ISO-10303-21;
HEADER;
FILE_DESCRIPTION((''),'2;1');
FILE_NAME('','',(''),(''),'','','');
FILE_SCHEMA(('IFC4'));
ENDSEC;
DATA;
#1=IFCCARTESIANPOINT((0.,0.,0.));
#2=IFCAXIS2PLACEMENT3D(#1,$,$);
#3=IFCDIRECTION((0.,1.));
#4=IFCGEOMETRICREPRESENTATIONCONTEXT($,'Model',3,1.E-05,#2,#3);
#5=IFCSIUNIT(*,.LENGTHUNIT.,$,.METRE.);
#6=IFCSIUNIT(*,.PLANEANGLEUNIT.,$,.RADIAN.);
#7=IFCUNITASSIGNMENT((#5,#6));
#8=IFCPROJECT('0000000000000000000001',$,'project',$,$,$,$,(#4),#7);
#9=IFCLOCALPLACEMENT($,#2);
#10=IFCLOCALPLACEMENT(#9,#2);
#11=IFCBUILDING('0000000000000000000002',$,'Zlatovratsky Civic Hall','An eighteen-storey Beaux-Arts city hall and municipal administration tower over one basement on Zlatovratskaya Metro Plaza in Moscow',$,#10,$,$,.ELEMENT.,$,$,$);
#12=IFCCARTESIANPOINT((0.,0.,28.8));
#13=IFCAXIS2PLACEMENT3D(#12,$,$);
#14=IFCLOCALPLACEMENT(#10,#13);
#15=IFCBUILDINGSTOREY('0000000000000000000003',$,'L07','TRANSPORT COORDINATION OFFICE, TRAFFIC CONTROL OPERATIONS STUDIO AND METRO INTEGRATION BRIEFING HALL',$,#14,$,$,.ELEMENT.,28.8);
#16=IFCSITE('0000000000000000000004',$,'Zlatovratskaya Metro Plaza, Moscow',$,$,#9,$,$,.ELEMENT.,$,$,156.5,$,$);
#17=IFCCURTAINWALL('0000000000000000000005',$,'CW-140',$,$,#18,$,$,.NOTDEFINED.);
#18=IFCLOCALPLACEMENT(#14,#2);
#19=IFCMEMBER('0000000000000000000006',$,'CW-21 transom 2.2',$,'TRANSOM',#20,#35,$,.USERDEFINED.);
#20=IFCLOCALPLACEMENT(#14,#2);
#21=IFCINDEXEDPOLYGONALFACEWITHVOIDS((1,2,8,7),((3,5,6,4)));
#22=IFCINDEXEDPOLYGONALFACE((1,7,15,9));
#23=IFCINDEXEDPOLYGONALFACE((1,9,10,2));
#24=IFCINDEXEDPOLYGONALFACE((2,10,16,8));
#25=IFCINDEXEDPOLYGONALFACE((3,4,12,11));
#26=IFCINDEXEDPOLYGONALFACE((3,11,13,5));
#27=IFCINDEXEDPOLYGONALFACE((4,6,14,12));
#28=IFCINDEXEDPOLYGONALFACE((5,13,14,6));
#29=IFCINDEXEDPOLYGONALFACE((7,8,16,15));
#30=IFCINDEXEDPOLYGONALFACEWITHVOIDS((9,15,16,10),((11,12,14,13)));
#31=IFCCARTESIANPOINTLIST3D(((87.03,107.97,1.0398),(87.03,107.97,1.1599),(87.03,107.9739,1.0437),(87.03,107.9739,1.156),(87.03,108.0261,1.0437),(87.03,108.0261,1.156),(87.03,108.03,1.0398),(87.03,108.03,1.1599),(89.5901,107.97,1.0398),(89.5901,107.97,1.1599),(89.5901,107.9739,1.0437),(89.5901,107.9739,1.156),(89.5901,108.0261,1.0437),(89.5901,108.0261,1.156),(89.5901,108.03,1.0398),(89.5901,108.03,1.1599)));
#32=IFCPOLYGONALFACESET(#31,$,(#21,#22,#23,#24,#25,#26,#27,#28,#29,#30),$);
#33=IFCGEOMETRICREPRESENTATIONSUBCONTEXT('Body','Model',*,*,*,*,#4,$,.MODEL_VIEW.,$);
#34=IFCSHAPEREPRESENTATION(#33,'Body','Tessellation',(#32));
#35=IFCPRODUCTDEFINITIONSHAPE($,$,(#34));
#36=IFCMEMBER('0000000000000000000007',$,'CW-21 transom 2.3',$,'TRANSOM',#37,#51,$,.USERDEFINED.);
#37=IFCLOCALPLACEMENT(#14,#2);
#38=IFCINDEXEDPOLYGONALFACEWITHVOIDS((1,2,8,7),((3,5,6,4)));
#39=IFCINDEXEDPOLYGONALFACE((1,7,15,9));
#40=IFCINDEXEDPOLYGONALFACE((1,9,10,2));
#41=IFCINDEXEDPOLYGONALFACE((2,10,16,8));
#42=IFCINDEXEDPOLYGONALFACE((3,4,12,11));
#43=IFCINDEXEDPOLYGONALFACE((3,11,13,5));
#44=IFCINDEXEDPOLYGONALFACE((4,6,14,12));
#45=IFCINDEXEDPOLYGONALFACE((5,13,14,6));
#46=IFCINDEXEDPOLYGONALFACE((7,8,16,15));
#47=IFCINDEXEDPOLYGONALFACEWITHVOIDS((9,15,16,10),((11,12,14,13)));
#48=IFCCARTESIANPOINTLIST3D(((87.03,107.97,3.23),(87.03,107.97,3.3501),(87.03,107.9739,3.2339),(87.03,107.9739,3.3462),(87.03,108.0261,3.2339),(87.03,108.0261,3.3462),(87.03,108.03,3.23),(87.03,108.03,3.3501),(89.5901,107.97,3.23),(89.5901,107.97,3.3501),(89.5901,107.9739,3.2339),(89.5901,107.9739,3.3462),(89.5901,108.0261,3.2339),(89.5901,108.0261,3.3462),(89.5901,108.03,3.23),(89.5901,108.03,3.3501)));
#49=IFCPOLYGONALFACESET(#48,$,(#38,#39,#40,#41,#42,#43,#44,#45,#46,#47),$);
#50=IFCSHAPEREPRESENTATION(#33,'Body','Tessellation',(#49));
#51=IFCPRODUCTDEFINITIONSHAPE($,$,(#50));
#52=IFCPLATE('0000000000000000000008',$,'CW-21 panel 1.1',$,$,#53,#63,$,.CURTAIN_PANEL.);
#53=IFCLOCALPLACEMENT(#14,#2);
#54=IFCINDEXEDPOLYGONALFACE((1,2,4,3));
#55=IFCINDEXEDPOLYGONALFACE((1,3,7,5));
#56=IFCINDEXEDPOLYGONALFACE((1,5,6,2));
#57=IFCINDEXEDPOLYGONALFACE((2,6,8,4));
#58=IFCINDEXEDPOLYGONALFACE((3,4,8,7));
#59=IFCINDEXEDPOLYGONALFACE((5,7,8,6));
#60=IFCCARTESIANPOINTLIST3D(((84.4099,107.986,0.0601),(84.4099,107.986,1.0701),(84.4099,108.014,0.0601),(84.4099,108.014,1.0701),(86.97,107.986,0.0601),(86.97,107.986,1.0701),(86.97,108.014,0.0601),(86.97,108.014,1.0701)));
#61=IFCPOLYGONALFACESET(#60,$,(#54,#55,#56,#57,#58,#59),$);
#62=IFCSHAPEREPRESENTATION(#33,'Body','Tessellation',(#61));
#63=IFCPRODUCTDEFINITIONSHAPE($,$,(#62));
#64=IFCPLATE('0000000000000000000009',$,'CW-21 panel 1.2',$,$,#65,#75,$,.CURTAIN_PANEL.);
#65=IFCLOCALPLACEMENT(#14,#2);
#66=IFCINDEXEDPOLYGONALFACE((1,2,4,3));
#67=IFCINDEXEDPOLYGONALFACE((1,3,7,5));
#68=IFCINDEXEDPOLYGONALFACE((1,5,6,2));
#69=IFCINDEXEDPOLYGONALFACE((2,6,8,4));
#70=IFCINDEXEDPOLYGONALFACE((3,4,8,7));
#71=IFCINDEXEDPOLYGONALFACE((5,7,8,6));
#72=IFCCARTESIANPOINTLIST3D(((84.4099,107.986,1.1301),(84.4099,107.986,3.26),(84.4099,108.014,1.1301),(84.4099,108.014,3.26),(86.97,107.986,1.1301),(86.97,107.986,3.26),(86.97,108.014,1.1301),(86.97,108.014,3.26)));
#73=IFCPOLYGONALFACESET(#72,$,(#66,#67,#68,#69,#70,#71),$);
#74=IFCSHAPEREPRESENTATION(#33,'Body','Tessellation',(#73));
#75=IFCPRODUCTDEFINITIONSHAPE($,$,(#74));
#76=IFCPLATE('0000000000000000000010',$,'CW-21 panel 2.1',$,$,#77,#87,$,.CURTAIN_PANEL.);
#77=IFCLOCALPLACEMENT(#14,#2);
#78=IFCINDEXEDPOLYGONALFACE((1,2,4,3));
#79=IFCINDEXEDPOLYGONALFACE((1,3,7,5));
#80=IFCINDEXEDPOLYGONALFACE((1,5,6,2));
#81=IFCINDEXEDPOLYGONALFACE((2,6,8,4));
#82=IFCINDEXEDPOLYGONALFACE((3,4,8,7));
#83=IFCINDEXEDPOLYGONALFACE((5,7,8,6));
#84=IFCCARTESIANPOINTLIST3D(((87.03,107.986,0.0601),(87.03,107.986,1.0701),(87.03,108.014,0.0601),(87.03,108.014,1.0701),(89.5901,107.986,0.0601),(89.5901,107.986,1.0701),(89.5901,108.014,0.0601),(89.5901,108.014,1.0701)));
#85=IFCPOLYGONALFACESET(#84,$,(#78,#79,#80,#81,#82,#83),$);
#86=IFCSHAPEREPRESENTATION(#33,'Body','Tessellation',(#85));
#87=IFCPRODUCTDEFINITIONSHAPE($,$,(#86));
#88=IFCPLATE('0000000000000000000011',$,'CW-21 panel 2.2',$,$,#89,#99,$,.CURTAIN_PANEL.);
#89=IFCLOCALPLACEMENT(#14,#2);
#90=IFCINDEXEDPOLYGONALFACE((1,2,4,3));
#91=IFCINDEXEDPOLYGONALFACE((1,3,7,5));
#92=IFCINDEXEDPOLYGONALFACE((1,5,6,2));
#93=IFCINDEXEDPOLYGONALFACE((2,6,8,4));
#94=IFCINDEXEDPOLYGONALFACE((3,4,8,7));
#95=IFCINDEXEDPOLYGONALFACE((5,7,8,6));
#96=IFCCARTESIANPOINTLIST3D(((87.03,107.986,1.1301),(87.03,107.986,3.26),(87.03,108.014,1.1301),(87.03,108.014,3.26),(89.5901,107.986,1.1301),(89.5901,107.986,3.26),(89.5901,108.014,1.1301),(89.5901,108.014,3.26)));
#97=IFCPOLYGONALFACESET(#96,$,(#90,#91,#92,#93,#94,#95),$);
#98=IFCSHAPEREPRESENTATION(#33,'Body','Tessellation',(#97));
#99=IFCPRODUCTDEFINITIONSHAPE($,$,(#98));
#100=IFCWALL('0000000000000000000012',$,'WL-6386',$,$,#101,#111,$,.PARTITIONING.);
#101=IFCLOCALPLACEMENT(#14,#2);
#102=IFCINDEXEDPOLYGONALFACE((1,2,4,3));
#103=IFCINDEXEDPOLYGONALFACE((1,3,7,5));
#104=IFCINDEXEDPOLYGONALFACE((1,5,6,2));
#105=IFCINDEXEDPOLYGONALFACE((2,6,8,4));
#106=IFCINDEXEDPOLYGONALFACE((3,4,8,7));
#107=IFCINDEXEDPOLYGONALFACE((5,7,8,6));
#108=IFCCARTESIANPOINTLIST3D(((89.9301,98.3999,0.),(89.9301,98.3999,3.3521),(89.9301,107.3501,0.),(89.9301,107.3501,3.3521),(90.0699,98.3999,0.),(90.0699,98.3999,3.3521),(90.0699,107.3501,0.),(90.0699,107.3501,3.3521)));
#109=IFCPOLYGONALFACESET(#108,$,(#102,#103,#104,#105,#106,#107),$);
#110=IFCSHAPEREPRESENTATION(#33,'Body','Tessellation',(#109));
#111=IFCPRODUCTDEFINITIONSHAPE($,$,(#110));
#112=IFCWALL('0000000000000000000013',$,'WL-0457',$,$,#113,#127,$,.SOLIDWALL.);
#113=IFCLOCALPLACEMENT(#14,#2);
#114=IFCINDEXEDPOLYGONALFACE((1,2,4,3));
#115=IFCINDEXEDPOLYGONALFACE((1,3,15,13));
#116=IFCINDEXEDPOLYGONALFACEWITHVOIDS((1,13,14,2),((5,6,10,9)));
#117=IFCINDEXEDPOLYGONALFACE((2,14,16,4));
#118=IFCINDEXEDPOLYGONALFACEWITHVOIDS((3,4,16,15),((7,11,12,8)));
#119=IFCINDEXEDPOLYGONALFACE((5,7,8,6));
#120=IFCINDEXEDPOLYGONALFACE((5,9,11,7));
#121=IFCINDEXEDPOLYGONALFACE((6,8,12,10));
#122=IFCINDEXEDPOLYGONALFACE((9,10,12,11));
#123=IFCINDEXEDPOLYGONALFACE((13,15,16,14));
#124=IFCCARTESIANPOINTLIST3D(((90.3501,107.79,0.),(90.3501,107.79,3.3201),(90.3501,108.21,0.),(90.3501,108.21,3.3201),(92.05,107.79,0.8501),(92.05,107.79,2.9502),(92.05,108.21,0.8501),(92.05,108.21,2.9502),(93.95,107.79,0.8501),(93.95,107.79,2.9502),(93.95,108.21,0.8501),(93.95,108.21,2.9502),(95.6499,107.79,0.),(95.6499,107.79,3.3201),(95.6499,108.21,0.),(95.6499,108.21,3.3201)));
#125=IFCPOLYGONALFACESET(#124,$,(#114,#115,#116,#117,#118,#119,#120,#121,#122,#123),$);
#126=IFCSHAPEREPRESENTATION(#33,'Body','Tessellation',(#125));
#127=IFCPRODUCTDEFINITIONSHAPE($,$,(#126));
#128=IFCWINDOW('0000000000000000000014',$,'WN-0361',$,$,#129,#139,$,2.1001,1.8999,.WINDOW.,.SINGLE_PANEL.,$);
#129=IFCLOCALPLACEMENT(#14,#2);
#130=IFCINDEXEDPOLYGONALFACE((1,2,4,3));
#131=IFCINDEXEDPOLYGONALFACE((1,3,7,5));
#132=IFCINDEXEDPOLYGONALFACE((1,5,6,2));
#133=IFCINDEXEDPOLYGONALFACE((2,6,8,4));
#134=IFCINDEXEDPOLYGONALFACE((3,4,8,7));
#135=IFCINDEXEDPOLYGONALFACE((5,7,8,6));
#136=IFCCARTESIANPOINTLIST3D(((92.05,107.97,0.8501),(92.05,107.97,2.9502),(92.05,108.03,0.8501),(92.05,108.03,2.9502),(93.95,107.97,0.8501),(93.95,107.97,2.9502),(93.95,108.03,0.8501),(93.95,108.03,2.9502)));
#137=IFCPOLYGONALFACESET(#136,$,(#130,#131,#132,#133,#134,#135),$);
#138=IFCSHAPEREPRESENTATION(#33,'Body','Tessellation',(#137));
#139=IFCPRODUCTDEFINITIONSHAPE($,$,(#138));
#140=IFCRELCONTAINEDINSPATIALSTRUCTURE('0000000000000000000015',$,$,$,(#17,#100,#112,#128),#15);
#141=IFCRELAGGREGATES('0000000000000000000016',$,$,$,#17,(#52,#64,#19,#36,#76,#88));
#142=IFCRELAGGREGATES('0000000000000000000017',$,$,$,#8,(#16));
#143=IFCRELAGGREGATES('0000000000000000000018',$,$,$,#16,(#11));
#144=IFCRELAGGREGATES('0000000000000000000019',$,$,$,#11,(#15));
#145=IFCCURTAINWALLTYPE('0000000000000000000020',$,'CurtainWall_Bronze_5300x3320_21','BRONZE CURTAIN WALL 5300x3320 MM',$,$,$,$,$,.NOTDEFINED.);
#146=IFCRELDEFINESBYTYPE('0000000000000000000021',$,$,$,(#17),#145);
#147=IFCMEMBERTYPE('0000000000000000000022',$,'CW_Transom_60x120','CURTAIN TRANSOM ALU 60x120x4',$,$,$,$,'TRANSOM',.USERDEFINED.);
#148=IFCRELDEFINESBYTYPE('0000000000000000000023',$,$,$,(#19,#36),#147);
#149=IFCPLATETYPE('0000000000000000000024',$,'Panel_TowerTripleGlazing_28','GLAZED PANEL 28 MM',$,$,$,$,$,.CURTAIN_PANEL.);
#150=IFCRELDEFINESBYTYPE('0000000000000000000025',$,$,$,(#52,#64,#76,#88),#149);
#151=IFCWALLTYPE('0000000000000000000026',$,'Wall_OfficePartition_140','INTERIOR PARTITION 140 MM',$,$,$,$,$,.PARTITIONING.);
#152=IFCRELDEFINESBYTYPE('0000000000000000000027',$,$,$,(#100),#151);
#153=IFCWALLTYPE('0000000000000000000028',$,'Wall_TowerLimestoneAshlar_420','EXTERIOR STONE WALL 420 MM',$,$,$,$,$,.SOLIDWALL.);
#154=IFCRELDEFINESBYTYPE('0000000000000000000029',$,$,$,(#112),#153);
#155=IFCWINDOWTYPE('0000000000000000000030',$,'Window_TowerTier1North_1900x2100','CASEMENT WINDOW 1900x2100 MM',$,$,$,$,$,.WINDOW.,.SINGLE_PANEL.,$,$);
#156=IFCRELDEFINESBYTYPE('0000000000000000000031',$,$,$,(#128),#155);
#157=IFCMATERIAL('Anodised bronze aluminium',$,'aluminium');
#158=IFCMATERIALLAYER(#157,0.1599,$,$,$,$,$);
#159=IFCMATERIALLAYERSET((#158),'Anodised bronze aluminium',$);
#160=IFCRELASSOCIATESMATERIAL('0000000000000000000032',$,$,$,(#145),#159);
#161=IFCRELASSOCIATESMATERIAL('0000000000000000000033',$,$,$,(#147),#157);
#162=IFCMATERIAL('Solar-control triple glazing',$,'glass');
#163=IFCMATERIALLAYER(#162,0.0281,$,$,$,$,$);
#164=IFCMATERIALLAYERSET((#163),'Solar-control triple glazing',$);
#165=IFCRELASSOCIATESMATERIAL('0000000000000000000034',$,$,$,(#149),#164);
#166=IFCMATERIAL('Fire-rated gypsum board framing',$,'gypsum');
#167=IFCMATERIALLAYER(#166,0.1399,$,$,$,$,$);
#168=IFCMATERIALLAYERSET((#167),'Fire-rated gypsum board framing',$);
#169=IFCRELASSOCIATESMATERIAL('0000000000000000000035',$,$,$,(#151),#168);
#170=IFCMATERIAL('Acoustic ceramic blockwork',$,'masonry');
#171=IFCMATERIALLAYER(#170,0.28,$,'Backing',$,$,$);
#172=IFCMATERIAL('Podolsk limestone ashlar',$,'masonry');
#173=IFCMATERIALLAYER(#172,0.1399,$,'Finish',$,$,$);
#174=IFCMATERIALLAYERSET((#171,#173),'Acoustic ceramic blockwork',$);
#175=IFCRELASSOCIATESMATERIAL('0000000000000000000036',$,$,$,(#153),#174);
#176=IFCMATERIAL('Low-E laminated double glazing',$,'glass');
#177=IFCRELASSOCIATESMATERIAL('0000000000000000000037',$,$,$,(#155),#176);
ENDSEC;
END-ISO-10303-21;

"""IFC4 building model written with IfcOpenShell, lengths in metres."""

from ifc_helpers import new_model, si_unit, direction, frame, frame_2d, origin, origin_2d, place, context, subcontext, project, spatial, rectangle, hollow_rectangle, extrude, material, layer, layer_set, material_profile, profile_set, type_object, element, fill, aggregate, save


model = new_model("IFC4")

# Units and contexts
model_context = context("Model", 3, precision=1e-05, world=origin(), true_north=direction((0.0, 1.0)))
body_context = subcontext(model_context, "Body", "Model", "MODEL_VIEW")
ifc_project = project(units=[si_unit("LENGTHUNIT", "METRE"), si_unit("PLANEANGLEUNIT", "RADIAN")], contexts=[model_context])

# Site, building, storey
site_placement = place(None, origin())
site = spatial("IfcSite", under=ifc_project, at=site_placement, Name="Zlatovratskaya Metro Plaza, Moscow", CompositionType="ELEMENT", RefElevation=156.5)
building_placement = place(site_placement, origin())
building = spatial("IfcBuilding", under=site, at=building_placement, Name="Zlatovratsky Civic Hall", Description="An eighteen-storey Beaux-Arts city hall and municipal administration tower over one basement on Zlatovratskaya Metro Plaza in Moscow", CompositionType="ELEMENT")
storey_placement = place(building_placement, frame((0.0, 0.0, 28.8)))
storey = spatial("IfcBuildingStorey", under=building, at=storey_placement, Name="L07", Description="TRANSPORT COORDINATION OFFICE, TRAFFIC CONTROL OPERATIONS STUDIO AND METRO INTEGRATION BRIEFING HALL", CompositionType="ELEMENT", Elevation=28.8)

# Shared definitions
ifc_material_1 = material(Name="Anodised bronze aluminium", Category="aluminium")
ifc_layer_1 = layer(ifc_material_1, 0.1599)
ifc_layer_set_1 = layer_set([ifc_layer_1], Name="Anodised bronze aluminium")
curtain_wall_type = type_object("IfcCurtainWallType", Name="CurtainWall_Bronze_5300x3320_21", Description="BRONZE CURTAIN WALL 5300x3320 MM", PredefinedType="NOTDEFINED", material=ifc_layer_set_1)

# Curtain wall, members, plates
curtain_wall_1_placement = place(storey_placement, origin())
curtain_wall_1 = element("IfcCurtainWall", 1, at=curtain_wall_1_placement, inside=storey, type_object=curtain_wall_type, Name="CW-140", PredefinedType="NOTDEFINED")
ifc_material_profile_1 = material_profile(ifc_material_1, hollow_rectangle(XDim=0.0601, YDim=0.1201, WallThickness=0.0039, at=origin_2d()), Name="ALU 60x120x4")
ifc_profile_set_1 = profile_set([ifc_material_profile_1], Name="Anodised bronze aluminium")
member_type_1 = type_object("IfcMemberType", Name="CW_Transom_60x120", Description="CURTAIN TRANSOM ALU 60x120x4", ElementType="TRANSOM", PredefinedType="USERDEFINED", material=ifc_profile_set_1)
member_1_placement = place(storey_placement, frame((87.03, 108.0, 1.0999), z_axis=(1.0, 0.0, 0.0), x_axis=(0.0, 1.0, 0.0)))
member_1 = element("IfcMember", 2, at=member_1_placement, type_object=member_type_1, Name="CW-21 transom 2.2", ObjectType="TRANSOM", PredefinedType="USERDEFINED", context=body_context, shape_type="SweptSolid", body=[
    extrude(hollow_rectangle(XDim=0.0601, YDim=0.1201, WallThickness=0.0039, at=origin_2d()), origin(), (0.0, 0.0, 1.0), 2.5601),
])
member_2_placement = place(storey_placement, frame((87.03, 108.0, 3.29), z_axis=(1.0, 0.0, 0.0), x_axis=(0.0, 1.0, 0.0)))
member_2 = element("IfcMember", 3, at=member_2_placement, type_object=member_type_1, Name="CW-21 transom 2.3", ObjectType="TRANSOM", PredefinedType="USERDEFINED", context=body_context, shape_type="SweptSolid", body=[
    extrude(hollow_rectangle(XDim=0.0601, YDim=0.1201, WallThickness=0.0039, at=origin_2d()), origin(), (0.0, 0.0, 1.0), 2.5601),
])
ifc_material_2 = material(Name="Solar-control triple glazing", Category="glass")
ifc_layer_2 = layer(ifc_material_2, 0.0281)
ifc_layer_set_2 = layer_set([ifc_layer_2], Name="Solar-control triple glazing")
plate_type = type_object("IfcPlateType", Name="Panel_TowerTripleGlazing_28", Description="GLAZED PANEL 28 MM", PredefinedType="CURTAIN_PANEL", material=ifc_layer_set_2)
plate_1_placement = place(storey_placement, frame((85.6899, 108.0, 0.0601), z_axis=(0.0, 0.0, 1.0), x_axis=(1.0, 0.0, 0.0)))
plate_1 = element("IfcPlate", 4, at=plate_1_placement, type_object=plate_type, Name="CW-21 panel 1.1", PredefinedType="CURTAIN_PANEL", context=body_context, shape_type="SweptSolid", body=[
    extrude(rectangle(XDim=2.5601, YDim=0.0281, at=origin_2d()), origin(), (0.0, 0.0, 1.0), 1.01),
])
plate_2_placement = place(storey_placement, frame((85.6899, 108.0, 1.1301), z_axis=(0.0, 0.0, 1.0), x_axis=(1.0, 0.0, 0.0)))
plate_2 = element("IfcPlate", 5, at=plate_2_placement, type_object=plate_type, Name="CW-21 panel 1.2", PredefinedType="CURTAIN_PANEL", context=body_context, shape_type="SweptSolid", body=[
    extrude(rectangle(XDim=2.5601, YDim=0.0281, at=origin_2d()), origin(), (0.0, 0.0, 1.0), 2.1299),
])
plate_3_placement = place(storey_placement, frame((88.3101, 108.0, 0.0601), z_axis=(0.0, 0.0, 1.0), x_axis=(1.0, 0.0, 0.0)))
plate_3 = element("IfcPlate", 6, at=plate_3_placement, type_object=plate_type, Name="CW-21 panel 2.1", PredefinedType="CURTAIN_PANEL", context=body_context, shape_type="SweptSolid", body=[
    extrude(rectangle(XDim=2.5601, YDim=0.0281, at=origin_2d()), origin(), (0.0, 0.0, 1.0), 1.01),
])
plate_4_placement = place(storey_placement, frame((88.3101, 108.0, 1.1301), z_axis=(0.0, 0.0, 1.0), x_axis=(1.0, 0.0, 0.0)))
plate_4 = element("IfcPlate", 7, at=plate_4_placement, type_object=plate_type, Name="CW-21 panel 2.2", PredefinedType="CURTAIN_PANEL", context=body_context, shape_type="SweptSolid", body=[
    extrude(rectangle(XDim=2.5601, YDim=0.0281, at=origin_2d()), origin(), (0.0, 0.0, 1.0), 2.1299),
])
aggregate(curtain_wall_1, [plate_1, plate_2, member_1, member_2, plate_3, plate_4])

# Wall
ifc_material_3 = material(Name="Fire-rated gypsum board framing", Category="gypsum")
ifc_layer_3 = layer(ifc_material_3, 0.1399)
ifc_layer_set_3 = layer_set([ifc_layer_3], Name="Fire-rated gypsum board framing")
wall_type_1 = type_object("IfcWallType", Name="Wall_OfficePartition_140", Description="INTERIOR PARTITION 140 MM", PredefinedType="PARTITIONING", material=ifc_layer_set_3)
wall_1_placement = place(storey_placement, frame((90.0, 98.3999, 0.0), z_axis=(0.0, 0.0, 1.0), x_axis=(0.0, 1.0, 0.0)))
element("IfcWall", 8, at=wall_1_placement, inside=storey, type_object=wall_type_1, Name="WL-6386", PredefinedType="PARTITIONING", context=body_context, shape_type="SweptSolid", body=[
    extrude(rectangle(XDim=8.9502, YDim=0.1399, at=frame_2d((4.4751, 0.0))), origin(), (0.0, 0.0, 1.0), 3.3521),
])

# Wall, opening, window
ifc_material_4 = material(Name="Acoustic ceramic blockwork", Category="masonry")
ifc_layer_4 = layer(ifc_material_4, 0.28, Name="Backing")
ifc_material_5 = material(Name="Podolsk limestone ashlar", Category="masonry")
ifc_layer_5 = layer(ifc_material_5, 0.1399, Name="Finish")
ifc_layer_set_4 = layer_set([ifc_layer_4, ifc_layer_5], Name="Acoustic ceramic blockwork")
wall_type_2 = type_object("IfcWallType", Name="Wall_TowerLimestoneAshlar_420", Description="EXTERIOR STONE WALL 420 MM", PredefinedType="SOLIDWALL", material=ifc_layer_set_4)
wall_2_placement = place(storey_placement, frame((90.3501, 108.0, 0.0), z_axis=(0.0, 0.0, 1.0), x_axis=(1.0, 0.0, 0.0)))
wall_2 = element("IfcWall", 9, at=wall_2_placement, inside=storey, type_object=wall_type_2, Name="WL-0457", PredefinedType="SOLIDWALL", context=body_context, shape_type="SweptSolid", body=[
    extrude(rectangle(XDim=5.2998, YDim=0.4199, at=frame_2d((2.6499, 0.0))), origin(), (0.0, 0.0, 1.0), 3.3201),
])
opening_placement = place(wall_2_placement, frame((1.7, 0.0, 0.8501)))
opening = element("IfcOpeningElement", 10, at=opening_placement, cuts=wall_2, PredefinedType="OPENING", context=body_context, shape_type="SweptSolid", body=[
    extrude(rectangle(XDim=1.8999, YDim=2.1001, at=frame_2d((0.95, 1.05))), frame((0.0, 0.2249, 0.0), z_axis=(0.0, -1.0, 0.0), x_axis=(1.0, 0.0, 0.0)), (0.0, 0.0, 1.0), 0.4497),
])
ifc_material_6 = material(Name="Low-E laminated double glazing", Category="glass")
window_type = type_object("IfcWindowType", Name="Window_TowerTier1North_1900x2100", Description="CASEMENT WINDOW 1900x2100 MM", PartitioningType="SINGLE_PANEL", PredefinedType="WINDOW", material=ifc_material_6)
window_placement = place(opening_placement, origin())
window = element("IfcWindow", 11, at=window_placement, inside=storey, type_object=window_type, Name="WN-0361", OverallHeight=2.1001, OverallWidth=1.8999, PartitioningType="SINGLE_PANEL", PredefinedType="WINDOW", context=body_context, shape_type="SweptSolid", body=[
    extrude(rectangle(XDim=1.8999, YDim=2.1001, at=frame_2d((0.95, 1.05))), frame((0.0, 0.03, 0.0), z_axis=(0.0, -1.0, 0.0), x_axis=(1.0, 0.0, 0.0)), (0.0, 0.0, 1.0), 0.0601),
])
fill(opening, window)

save(model, "model.ifc")
